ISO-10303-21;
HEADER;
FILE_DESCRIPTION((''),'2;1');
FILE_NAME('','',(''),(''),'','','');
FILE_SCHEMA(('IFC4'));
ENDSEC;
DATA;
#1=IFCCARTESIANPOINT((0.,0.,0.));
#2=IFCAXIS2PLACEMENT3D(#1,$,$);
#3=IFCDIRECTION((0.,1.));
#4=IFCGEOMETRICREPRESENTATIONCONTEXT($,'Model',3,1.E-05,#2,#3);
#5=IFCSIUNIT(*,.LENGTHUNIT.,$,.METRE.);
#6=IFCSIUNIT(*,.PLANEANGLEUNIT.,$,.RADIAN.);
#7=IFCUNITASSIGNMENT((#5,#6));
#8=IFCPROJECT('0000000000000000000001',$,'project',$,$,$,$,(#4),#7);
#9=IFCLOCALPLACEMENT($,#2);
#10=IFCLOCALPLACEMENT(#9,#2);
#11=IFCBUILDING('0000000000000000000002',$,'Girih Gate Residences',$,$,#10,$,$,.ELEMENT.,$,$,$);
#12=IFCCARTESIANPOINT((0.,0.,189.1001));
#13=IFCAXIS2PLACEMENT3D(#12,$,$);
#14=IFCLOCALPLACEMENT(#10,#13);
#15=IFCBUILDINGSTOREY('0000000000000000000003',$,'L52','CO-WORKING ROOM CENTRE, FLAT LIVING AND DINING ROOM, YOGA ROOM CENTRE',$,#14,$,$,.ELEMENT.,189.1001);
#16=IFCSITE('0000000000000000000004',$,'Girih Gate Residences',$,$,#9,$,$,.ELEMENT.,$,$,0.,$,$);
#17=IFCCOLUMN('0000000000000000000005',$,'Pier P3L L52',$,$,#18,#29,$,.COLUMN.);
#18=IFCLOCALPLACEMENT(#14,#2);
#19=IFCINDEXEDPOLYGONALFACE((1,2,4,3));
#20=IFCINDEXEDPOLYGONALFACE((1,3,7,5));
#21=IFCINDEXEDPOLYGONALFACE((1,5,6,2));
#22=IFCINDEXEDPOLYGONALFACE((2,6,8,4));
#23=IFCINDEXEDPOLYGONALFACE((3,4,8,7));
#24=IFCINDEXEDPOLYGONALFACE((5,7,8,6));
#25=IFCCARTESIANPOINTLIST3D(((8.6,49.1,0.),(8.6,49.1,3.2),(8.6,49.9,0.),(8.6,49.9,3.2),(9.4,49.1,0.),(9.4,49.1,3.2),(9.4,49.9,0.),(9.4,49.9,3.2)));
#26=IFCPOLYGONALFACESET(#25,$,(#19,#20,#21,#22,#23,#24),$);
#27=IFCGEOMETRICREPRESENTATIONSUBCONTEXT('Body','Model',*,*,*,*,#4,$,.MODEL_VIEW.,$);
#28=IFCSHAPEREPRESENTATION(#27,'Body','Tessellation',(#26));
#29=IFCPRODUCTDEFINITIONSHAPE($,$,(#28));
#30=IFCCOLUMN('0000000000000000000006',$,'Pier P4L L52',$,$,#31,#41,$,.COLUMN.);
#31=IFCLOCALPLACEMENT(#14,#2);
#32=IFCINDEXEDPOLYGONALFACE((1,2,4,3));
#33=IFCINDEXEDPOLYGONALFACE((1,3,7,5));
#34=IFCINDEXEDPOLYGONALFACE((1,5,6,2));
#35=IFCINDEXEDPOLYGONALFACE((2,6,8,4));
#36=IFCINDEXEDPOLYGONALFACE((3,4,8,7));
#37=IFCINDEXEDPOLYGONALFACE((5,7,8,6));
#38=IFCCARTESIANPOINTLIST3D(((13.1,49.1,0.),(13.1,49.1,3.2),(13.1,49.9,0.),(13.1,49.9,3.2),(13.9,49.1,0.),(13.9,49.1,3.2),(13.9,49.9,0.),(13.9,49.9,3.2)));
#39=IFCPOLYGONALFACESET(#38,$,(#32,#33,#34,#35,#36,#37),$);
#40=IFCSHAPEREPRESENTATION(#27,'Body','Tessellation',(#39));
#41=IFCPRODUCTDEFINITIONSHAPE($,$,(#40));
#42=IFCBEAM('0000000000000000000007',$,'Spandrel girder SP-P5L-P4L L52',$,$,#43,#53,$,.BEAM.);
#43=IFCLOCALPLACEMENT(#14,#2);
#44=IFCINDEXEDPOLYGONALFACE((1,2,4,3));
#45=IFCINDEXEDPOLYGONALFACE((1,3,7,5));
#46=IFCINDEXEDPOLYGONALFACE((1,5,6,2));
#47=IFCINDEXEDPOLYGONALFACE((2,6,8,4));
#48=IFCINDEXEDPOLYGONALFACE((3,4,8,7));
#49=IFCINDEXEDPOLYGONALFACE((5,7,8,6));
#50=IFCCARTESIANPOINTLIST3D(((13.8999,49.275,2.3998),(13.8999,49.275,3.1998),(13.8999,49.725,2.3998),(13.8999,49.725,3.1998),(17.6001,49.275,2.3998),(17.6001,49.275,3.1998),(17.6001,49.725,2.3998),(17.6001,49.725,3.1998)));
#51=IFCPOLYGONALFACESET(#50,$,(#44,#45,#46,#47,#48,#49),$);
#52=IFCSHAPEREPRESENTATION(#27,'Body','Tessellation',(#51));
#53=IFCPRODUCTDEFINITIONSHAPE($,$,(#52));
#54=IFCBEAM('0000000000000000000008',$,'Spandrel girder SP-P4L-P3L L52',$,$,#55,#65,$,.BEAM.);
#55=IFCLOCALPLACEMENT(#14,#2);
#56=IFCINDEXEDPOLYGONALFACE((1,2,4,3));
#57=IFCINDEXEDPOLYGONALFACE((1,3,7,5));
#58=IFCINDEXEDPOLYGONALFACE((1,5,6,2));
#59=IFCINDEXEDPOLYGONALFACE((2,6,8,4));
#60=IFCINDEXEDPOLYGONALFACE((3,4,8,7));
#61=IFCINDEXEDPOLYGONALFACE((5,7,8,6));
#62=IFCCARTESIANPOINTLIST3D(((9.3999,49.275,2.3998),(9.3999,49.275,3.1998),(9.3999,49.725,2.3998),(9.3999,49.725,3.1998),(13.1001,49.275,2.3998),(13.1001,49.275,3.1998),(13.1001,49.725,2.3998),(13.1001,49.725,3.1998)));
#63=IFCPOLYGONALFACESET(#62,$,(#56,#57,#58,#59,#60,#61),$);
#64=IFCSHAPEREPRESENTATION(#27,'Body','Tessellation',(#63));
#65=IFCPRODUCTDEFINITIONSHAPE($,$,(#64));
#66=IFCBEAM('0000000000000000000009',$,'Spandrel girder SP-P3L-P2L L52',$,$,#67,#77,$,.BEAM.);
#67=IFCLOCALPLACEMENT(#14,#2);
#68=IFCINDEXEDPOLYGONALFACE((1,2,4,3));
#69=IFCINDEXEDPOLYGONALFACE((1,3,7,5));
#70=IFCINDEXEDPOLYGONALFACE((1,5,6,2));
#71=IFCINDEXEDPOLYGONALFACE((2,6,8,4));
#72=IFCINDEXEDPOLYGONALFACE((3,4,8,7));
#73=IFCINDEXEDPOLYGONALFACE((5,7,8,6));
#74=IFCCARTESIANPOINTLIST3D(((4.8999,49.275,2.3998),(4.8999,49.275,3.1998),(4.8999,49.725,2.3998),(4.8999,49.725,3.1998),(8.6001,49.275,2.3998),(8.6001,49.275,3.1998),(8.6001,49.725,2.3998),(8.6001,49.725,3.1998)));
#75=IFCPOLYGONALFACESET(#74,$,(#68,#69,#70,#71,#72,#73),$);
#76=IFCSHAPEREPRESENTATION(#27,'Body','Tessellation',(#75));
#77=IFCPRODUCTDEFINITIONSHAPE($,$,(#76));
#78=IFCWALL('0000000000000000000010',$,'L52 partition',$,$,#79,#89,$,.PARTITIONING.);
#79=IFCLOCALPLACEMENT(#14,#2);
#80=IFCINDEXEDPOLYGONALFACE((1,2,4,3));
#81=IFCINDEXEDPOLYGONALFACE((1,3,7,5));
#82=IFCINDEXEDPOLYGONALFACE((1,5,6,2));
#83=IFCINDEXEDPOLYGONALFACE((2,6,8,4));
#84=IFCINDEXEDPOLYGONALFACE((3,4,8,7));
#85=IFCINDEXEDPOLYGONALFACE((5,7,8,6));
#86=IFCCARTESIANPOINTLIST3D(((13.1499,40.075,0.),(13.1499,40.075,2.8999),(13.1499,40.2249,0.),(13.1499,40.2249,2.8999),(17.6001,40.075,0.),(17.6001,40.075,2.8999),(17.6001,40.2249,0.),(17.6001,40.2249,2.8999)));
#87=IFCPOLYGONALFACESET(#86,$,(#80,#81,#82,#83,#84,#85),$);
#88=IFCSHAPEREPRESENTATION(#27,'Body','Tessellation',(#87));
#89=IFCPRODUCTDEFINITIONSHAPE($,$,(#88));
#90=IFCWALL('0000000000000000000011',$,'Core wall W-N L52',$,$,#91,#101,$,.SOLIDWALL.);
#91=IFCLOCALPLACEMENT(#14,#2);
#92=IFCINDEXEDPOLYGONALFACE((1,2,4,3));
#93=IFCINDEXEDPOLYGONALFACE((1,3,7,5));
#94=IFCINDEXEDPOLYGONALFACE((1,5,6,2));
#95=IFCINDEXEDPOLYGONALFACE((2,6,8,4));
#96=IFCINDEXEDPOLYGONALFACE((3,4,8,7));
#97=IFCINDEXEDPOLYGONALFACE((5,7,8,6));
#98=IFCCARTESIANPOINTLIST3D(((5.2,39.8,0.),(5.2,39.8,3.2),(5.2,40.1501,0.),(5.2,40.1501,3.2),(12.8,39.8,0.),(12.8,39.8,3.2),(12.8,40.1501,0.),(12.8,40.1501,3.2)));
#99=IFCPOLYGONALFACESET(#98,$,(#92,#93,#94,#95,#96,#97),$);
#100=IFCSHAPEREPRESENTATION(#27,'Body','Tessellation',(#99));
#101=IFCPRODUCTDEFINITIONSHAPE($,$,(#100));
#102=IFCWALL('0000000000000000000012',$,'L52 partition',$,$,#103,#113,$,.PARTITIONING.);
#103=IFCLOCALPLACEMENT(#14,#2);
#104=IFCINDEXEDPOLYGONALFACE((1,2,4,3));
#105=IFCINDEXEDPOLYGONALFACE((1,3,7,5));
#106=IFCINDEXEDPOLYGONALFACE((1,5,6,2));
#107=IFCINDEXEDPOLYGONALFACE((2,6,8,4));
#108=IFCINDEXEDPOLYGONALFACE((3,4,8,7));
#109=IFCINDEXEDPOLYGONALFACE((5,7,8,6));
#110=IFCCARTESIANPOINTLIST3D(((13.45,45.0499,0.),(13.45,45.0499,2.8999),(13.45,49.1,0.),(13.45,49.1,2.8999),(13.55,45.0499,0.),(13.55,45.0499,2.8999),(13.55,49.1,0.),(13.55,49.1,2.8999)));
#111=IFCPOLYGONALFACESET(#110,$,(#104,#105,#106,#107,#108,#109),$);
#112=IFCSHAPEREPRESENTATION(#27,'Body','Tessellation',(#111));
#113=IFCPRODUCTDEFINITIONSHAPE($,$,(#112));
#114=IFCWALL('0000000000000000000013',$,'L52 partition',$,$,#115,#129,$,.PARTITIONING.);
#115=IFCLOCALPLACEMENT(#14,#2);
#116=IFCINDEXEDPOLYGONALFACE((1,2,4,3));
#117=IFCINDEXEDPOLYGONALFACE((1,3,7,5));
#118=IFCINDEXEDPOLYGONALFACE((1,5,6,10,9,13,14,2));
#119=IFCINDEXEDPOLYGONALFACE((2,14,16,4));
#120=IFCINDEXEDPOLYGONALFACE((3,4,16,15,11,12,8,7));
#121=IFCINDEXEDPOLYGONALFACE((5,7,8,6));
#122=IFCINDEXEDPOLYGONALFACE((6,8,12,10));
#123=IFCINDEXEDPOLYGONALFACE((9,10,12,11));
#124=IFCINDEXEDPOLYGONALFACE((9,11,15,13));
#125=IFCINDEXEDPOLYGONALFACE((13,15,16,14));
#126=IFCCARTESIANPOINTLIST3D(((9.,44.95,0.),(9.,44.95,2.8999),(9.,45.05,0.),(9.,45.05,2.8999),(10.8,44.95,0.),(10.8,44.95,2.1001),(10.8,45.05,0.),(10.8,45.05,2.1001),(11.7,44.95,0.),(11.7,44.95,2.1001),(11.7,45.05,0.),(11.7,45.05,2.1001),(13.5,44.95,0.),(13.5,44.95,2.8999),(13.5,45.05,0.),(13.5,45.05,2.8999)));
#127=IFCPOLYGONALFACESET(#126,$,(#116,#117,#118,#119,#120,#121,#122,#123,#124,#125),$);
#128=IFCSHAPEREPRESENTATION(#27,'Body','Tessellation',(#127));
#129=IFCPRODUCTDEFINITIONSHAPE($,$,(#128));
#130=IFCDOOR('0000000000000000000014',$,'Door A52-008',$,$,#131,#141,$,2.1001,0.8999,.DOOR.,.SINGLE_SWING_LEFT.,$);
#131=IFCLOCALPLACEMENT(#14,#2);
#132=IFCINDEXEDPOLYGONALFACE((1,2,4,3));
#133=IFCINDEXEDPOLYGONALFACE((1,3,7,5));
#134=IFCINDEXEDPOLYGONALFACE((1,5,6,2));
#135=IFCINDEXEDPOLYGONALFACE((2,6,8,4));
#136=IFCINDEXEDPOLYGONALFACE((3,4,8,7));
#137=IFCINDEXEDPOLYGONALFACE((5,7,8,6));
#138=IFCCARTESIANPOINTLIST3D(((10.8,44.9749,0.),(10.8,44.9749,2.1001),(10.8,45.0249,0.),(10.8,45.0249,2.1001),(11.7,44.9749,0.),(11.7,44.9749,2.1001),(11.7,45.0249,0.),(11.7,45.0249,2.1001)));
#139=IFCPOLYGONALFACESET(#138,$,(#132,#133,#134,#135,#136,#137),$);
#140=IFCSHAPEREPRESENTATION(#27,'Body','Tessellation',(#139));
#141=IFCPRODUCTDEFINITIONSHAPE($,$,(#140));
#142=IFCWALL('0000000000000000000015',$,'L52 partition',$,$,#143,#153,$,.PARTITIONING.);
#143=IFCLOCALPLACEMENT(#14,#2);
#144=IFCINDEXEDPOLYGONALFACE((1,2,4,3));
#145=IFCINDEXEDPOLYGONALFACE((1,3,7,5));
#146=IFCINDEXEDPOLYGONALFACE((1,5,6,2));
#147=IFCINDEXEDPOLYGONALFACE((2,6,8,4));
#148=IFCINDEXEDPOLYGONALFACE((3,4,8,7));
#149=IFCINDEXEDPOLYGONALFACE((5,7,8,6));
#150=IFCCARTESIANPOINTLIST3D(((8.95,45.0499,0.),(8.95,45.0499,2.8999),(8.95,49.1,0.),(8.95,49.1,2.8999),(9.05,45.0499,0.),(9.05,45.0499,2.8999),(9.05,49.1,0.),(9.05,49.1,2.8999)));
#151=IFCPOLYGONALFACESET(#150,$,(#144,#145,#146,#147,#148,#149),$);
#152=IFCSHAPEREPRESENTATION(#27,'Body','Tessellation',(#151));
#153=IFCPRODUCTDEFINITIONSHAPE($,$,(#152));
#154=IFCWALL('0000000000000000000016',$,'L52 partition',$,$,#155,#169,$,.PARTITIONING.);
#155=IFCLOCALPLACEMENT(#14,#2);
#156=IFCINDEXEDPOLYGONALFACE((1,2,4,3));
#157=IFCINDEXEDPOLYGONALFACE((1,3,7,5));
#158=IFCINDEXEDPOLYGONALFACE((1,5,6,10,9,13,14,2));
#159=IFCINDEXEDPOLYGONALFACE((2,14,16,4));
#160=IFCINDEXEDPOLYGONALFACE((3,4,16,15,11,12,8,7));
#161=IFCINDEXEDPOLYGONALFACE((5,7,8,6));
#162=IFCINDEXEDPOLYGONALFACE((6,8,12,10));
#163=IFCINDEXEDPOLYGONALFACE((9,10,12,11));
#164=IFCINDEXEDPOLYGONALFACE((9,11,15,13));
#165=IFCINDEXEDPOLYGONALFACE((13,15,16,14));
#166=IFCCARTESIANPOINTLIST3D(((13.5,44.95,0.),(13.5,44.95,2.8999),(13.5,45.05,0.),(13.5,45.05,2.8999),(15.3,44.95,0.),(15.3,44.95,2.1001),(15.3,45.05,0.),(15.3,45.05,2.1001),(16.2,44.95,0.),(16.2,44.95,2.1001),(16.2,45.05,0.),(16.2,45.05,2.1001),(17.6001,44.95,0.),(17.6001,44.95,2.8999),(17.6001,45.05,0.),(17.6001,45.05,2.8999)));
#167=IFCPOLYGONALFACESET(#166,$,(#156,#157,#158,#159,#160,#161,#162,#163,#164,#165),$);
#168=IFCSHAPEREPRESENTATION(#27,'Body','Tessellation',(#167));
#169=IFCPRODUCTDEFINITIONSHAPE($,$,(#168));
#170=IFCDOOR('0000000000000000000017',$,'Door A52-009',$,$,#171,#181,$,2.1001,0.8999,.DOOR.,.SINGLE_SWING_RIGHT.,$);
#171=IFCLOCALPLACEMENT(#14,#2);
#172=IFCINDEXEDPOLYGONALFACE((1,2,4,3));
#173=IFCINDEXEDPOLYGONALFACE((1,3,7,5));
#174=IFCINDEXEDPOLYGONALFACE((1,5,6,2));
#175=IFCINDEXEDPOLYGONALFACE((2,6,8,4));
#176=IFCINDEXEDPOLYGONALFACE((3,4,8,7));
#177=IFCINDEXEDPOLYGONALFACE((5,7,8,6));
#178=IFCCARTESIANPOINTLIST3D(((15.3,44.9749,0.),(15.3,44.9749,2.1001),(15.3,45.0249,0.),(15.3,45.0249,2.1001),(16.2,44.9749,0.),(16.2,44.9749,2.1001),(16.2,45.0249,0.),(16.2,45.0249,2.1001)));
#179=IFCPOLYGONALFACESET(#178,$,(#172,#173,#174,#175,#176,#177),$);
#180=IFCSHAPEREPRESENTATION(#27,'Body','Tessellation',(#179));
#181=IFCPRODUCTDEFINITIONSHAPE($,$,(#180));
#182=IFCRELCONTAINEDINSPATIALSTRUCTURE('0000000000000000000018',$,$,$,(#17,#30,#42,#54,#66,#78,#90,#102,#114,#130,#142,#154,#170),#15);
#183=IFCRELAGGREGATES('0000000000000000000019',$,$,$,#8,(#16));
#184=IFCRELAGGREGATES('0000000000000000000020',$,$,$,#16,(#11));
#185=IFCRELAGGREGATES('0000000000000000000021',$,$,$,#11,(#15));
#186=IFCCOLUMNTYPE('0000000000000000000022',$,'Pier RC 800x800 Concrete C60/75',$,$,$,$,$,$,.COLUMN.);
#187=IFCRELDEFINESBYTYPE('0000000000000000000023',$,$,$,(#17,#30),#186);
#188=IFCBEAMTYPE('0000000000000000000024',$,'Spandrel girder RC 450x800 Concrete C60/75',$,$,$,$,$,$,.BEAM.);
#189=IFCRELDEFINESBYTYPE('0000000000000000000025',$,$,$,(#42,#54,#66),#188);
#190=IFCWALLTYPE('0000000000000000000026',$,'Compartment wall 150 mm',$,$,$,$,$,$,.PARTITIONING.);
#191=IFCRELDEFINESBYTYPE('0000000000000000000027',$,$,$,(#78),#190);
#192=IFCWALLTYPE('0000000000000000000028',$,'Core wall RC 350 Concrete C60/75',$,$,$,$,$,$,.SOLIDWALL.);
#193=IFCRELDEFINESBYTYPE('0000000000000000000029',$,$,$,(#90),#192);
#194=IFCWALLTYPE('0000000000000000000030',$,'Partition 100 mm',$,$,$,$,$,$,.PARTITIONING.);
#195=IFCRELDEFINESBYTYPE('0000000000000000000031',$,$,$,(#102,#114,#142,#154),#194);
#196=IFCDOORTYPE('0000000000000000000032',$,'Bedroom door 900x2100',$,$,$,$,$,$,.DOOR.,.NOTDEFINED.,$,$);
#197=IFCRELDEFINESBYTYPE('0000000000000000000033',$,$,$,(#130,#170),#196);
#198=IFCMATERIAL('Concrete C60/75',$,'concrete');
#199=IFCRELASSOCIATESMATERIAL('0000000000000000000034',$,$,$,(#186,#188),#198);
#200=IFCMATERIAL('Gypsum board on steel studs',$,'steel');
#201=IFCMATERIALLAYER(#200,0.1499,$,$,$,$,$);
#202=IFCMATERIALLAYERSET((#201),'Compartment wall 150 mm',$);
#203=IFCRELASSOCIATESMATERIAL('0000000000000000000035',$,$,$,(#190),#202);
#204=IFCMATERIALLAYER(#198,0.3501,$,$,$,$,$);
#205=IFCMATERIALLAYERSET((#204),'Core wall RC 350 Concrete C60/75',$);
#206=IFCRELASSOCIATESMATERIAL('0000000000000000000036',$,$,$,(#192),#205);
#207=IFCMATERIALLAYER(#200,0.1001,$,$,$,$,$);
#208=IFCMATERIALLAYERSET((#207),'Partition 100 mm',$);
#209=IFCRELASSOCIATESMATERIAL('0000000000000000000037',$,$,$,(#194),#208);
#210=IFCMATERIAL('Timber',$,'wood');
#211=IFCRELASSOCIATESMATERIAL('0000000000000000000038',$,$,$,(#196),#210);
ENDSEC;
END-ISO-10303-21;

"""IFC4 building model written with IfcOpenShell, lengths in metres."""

from ifc_helpers import new_model, si_unit, direction, frame, frame_2d, origin, origin_2d, place, context, subcontext, project, spatial, rectangle, extrude, material, layer, layer_set, material_profile, profile_set, type_object, element, fill, save


model = new_model("IFC4")

# Units and contexts
model_context = context("Model", 3, precision=1e-05, world=origin(), true_north=direction((0.0, 1.0)))
body_context = subcontext(model_context, "Body", "Model", "MODEL_VIEW")
ifc_project = project(units=[si_unit("LENGTHUNIT", "METRE"), si_unit("PLANEANGLEUNIT", "RADIAN")], contexts=[model_context])

# Site, building, storey
site_placement = place(None, origin())
site = spatial("IfcSite", under=ifc_project, at=site_placement, Name="Girih Gate Residences", CompositionType="ELEMENT", RefElevation=0.0)
building_placement = place(site_placement, origin())
building = spatial("IfcBuilding", under=site, at=building_placement, Name="Girih Gate Residences", CompositionType="ELEMENT")
storey_placement = place(building_placement, frame((0.0, 0.0, 189.1001)))
storey = spatial("IfcBuildingStorey", under=building, at=storey_placement, Name="L52", Description="CO-WORKING ROOM CENTRE, FLAT LIVING AND DINING ROOM, YOGA ROOM CENTRE", CompositionType="ELEMENT", Elevation=189.1001)

# Columns
ifc_material_1 = material(Name="Concrete C60/75", Category="concrete")
ifc_material_profile_1 = material_profile(ifc_material_1, rectangle(XDim=0.8, YDim=0.8, at=origin_2d()))
ifc_profile_set_1 = profile_set([ifc_material_profile_1], Name="Concrete C60/75")
column_type = type_object("IfcColumnType", Name="Pier RC 800x800 Concrete C60/75", PredefinedType="COLUMN", material=ifc_profile_set_1)
for number, where, z_axis, x_axis, name in (
    (1, (9.0, 49.5, 0.0), (0.0, 0.0, 1.0), (1.0, 0.0, 0.0), "Pier P3L L52"),
    (2, (13.5, 49.5, 0.0), (0.0, 0.0, 1.0), (1.0, 0.0, 0.0), "Pier P4L L52"),
):
    element("IfcColumn", number, at=place(storey_placement, frame(where, z_axis=z_axis, x_axis=x_axis)), inside=storey, type_object=column_type, Name=name, PredefinedType="COLUMN", context=body_context, shape_type="SweptSolid", body=[
        extrude(rectangle(XDim=0.8, YDim=0.8, at=origin_2d()), origin(), (0.0, 0.0, 1.0), 3.2),
    ])

# Beams
ifc_material_profile_2 = material_profile(ifc_material_1, rectangle(XDim=0.45, YDim=0.8, at=origin_2d()))
ifc_profile_set_2 = profile_set([ifc_material_profile_2], Name="Concrete C60/75")
beam_type = type_object("IfcBeamType", Name="Spandrel girder RC 450x800 Concrete C60/75", PredefinedType="BEAM", material=ifc_profile_set_2)
for number, where, z_axis, x_axis, name in (
    (3, (17.6001, 49.5, 2.7998), (-1.0, 0.0, 0.0), (0.0, -1.0, 0.0), "Spandrel girder SP-P5L-P4L L52"),
    (4, (13.1001, 49.5, 2.7998), (-1.0, 0.0, 0.0), (0.0, -1.0, 0.0), "Spandrel girder SP-P4L-P3L L52"),
    (5, (8.6001, 49.5, 2.7998), (-1.0, 0.0, 0.0), (0.0, -1.0, 0.0), "Spandrel girder SP-P3L-P2L L52"),
):
    element("IfcBeam", number, at=place(storey_placement, frame(where, z_axis=z_axis, x_axis=x_axis)), inside=storey, type_object=beam_type, Name=name, PredefinedType="BEAM", context=body_context, shape_type="SweptSolid", body=[
        extrude(rectangle(XDim=0.45, YDim=0.8, at=origin_2d()), origin(), (0.0, 0.0, 1.0), 3.7002),
    ])

# Walls
ifc_material_2 = material(Name="Gypsum board on steel studs", Category="steel")
ifc_layer_1 = layer(ifc_material_2, 0.1499)
ifc_layer_set_1 = layer_set([ifc_layer_1], Name="Compartment wall 150 mm")
wall_type_1 = type_object("IfcWallType", Name="Compartment wall 150 mm", PredefinedType="PARTITIONING", material=ifc_layer_set_1)
wall_1_placement = place(storey_placement, frame((13.1499, 40.1499, 0.0), z_axis=(0.0, 0.0, 1.0), x_axis=(1.0, 0.0, 0.0)))
element("IfcWall", 6, at=wall_1_placement, inside=storey, type_object=wall_type_1, Name="L52 partition", PredefinedType="PARTITIONING", context=body_context, shape_type="SweptSolid", body=[
    extrude(rectangle(XDim=4.4502, YDim=0.1499, at=frame_2d((2.2251, 0.0))), origin(), (0.0, 0.0, 1.0), 2.8999),
])
ifc_layer_2 = layer(ifc_material_1, 0.3501)
ifc_layer_set_2 = layer_set([ifc_layer_2], Name="Core wall RC 350 Concrete C60/75")
wall_type_2 = type_object("IfcWallType", Name="Core wall RC 350 Concrete C60/75", PredefinedType="SOLIDWALL", material=ifc_layer_set_2)
wall_2_placement = place(storey_placement, frame((5.2, 39.9751, 0.0), z_axis=(0.0, 0.0, 1.0), x_axis=(1.0, 0.0, 0.0)))
element("IfcWall", 7, at=wall_2_placement, inside=storey, type_object=wall_type_2, Name="Core wall W-N L52", PredefinedType="SOLIDWALL", context=body_context, shape_type="SweptSolid", body=[
    extrude(rectangle(XDim=7.6001, YDim=0.3501, at=frame_2d((3.8, 0.0))), origin(), (0.0, 0.0, 1.0), 3.2),
])
ifc_layer_3 = layer(ifc_material_2, 0.1001)
ifc_layer_set_3 = layer_set([ifc_layer_3], Name="Partition 100 mm")
wall_type_3 = type_object("IfcWallType", Name="Partition 100 mm", PredefinedType="PARTITIONING", material=ifc_layer_set_3)
wall_3_placement = place(storey_placement, frame((13.5, 45.05, 0.0), z_axis=(0.0, 0.0, 1.0), x_axis=(0.0, 1.0, 0.0)))
element("IfcWall", 8, at=wall_3_placement, inside=storey, type_object=wall_type_3, Name="L52 partition", PredefinedType="PARTITIONING", context=body_context, shape_type="SweptSolid", body=[
    extrude(rectangle(XDim=4.05, YDim=0.1001, at=frame_2d((2.0249, 0.0))), origin(), (0.0, 0.0, 1.0), 2.8999),
])

# Wall, opening, door
wall_4_placement = place(storey_placement, frame((9.0, 45.0, 0.0), z_axis=(0.0, 0.0, 1.0), x_axis=(1.0, 0.0, 0.0)))
wall_4 = element("IfcWall", 9, at=wall_4_placement, inside=storey, type_object=wall_type_3, Name="L52 partition", PredefinedType="PARTITIONING", context=body_context, shape_type="SweptSolid", body=[
    extrude(rectangle(XDim=4.5, YDim=0.1001, at=frame_2d((2.25, 0.0))), origin(), (0.0, 0.0, 1.0), 2.8999),
])
opening_1_placement = place(wall_4_placement, frame((1.8, 0.0, 0.0)))
opening_1 = element("IfcOpeningElement", 10, at=opening_1_placement, cuts=wall_4, PredefinedType="OPENING", context=body_context, shape_type="SweptSolid", body=[
    extrude(rectangle(XDim=0.8999, YDim=2.1001, at=frame_2d((0.45, 1.05))), frame((0.0, 0.0601, 0.0), z_axis=(0.0, -1.0, 0.0), x_axis=(1.0, 0.0, 0.0)), (0.0, 0.0, 1.0), 0.1201),
])
ifc_material_3 = material(Name="Timber", Category="wood")
door_type_1 = type_object("IfcDoorType", Name="Bedroom door 900x2100", OperationType="NOTDEFINED", PredefinedType="DOOR", material=ifc_material_3)
door_1_placement = place(opening_1_placement, origin())
door_1 = element("IfcDoor", 11, at=door_1_placement, inside=storey, type_object=door_type_1, Name="Door A52-008", OperationType="SINGLE_SWING_LEFT", OverallHeight=2.1001, OverallWidth=0.8999, PredefinedType="DOOR", context=body_context, shape_type="SweptSolid", body=[
    extrude(rectangle(XDim=0.8999, YDim=2.1001, at=frame_2d((0.45, 1.05))), frame((0.0, 0.0249, 0.0), z_axis=(0.0, -1.0, 0.0), x_axis=(1.0, 0.0, 0.0)), (0.0, 0.0, 1.0), 0.05),
])
fill(opening_1, door_1)

# Wall
wall_5_placement = place(storey_placement, frame((9.0, 45.05, 0.0), z_axis=(0.0, 0.0, 1.0), x_axis=(0.0, 1.0, 0.0)))
element("IfcWall", 12, at=wall_5_placement, inside=storey, type_object=wall_type_3, Name="L52 partition", PredefinedType="PARTITIONING", context=body_context, shape_type="SweptSolid", body=[
    extrude(rectangle(XDim=4.05, YDim=0.1001, at=frame_2d((2.0249, 0.0))), origin(), (0.0, 0.0, 1.0), 2.8999),
])

# Wall, opening, door
wall_6_placement = place(storey_placement, frame((13.5, 45.0, 0.0), z_axis=(0.0, 0.0, 1.0), x_axis=(1.0, 0.0, 0.0)))
wall_6 = element("IfcWall", 13, at=wall_6_placement, inside=storey, type_object=wall_type_3, Name="L52 partition", PredefinedType="PARTITIONING", context=body_context, shape_type="SweptSolid", body=[
    extrude(rectangle(XDim=4.1001, YDim=0.1001, at=frame_2d((2.05, 0.0))), origin(), (0.0, 0.0, 1.0), 2.8999),
])
opening_2_placement = place(wall_6_placement, frame((1.8, 0.0, 0.0)))
opening_2 = element("IfcOpeningElement", 14, at=opening_2_placement, cuts=wall_6, PredefinedType="OPENING", context=body_context, shape_type="SweptSolid", body=[
    extrude(rectangle(XDim=0.8999, YDim=2.1001, at=frame_2d((0.45, 1.05))), frame((0.0, 0.0601, 0.0), z_axis=(0.0, -1.0, 0.0), x_axis=(1.0, 0.0, 0.0)), (0.0, 0.0, 1.0), 0.1201),
])
door_2_placement = place(opening_2_placement, origin())
door_2 = element("IfcDoor", 15, at=door_2_placement, inside=storey, type_object=door_type_1, Name="Door A52-009", OperationType="SINGLE_SWING_RIGHT", OverallHeight=2.1001, OverallWidth=0.8999, PredefinedType="DOOR", context=body_context, shape_type="SweptSolid", body=[
    extrude(rectangle(XDim=0.8999, YDim=2.1001, at=frame_2d((0.45, 1.05))), frame((0.0, 0.0249, 0.0), z_axis=(0.0, -1.0, 0.0), x_axis=(1.0, 0.0, 0.0)), (0.0, 0.0, 1.0), 0.05),
])
fill(opening_2, door_2)

save(model, "model.ifc")
